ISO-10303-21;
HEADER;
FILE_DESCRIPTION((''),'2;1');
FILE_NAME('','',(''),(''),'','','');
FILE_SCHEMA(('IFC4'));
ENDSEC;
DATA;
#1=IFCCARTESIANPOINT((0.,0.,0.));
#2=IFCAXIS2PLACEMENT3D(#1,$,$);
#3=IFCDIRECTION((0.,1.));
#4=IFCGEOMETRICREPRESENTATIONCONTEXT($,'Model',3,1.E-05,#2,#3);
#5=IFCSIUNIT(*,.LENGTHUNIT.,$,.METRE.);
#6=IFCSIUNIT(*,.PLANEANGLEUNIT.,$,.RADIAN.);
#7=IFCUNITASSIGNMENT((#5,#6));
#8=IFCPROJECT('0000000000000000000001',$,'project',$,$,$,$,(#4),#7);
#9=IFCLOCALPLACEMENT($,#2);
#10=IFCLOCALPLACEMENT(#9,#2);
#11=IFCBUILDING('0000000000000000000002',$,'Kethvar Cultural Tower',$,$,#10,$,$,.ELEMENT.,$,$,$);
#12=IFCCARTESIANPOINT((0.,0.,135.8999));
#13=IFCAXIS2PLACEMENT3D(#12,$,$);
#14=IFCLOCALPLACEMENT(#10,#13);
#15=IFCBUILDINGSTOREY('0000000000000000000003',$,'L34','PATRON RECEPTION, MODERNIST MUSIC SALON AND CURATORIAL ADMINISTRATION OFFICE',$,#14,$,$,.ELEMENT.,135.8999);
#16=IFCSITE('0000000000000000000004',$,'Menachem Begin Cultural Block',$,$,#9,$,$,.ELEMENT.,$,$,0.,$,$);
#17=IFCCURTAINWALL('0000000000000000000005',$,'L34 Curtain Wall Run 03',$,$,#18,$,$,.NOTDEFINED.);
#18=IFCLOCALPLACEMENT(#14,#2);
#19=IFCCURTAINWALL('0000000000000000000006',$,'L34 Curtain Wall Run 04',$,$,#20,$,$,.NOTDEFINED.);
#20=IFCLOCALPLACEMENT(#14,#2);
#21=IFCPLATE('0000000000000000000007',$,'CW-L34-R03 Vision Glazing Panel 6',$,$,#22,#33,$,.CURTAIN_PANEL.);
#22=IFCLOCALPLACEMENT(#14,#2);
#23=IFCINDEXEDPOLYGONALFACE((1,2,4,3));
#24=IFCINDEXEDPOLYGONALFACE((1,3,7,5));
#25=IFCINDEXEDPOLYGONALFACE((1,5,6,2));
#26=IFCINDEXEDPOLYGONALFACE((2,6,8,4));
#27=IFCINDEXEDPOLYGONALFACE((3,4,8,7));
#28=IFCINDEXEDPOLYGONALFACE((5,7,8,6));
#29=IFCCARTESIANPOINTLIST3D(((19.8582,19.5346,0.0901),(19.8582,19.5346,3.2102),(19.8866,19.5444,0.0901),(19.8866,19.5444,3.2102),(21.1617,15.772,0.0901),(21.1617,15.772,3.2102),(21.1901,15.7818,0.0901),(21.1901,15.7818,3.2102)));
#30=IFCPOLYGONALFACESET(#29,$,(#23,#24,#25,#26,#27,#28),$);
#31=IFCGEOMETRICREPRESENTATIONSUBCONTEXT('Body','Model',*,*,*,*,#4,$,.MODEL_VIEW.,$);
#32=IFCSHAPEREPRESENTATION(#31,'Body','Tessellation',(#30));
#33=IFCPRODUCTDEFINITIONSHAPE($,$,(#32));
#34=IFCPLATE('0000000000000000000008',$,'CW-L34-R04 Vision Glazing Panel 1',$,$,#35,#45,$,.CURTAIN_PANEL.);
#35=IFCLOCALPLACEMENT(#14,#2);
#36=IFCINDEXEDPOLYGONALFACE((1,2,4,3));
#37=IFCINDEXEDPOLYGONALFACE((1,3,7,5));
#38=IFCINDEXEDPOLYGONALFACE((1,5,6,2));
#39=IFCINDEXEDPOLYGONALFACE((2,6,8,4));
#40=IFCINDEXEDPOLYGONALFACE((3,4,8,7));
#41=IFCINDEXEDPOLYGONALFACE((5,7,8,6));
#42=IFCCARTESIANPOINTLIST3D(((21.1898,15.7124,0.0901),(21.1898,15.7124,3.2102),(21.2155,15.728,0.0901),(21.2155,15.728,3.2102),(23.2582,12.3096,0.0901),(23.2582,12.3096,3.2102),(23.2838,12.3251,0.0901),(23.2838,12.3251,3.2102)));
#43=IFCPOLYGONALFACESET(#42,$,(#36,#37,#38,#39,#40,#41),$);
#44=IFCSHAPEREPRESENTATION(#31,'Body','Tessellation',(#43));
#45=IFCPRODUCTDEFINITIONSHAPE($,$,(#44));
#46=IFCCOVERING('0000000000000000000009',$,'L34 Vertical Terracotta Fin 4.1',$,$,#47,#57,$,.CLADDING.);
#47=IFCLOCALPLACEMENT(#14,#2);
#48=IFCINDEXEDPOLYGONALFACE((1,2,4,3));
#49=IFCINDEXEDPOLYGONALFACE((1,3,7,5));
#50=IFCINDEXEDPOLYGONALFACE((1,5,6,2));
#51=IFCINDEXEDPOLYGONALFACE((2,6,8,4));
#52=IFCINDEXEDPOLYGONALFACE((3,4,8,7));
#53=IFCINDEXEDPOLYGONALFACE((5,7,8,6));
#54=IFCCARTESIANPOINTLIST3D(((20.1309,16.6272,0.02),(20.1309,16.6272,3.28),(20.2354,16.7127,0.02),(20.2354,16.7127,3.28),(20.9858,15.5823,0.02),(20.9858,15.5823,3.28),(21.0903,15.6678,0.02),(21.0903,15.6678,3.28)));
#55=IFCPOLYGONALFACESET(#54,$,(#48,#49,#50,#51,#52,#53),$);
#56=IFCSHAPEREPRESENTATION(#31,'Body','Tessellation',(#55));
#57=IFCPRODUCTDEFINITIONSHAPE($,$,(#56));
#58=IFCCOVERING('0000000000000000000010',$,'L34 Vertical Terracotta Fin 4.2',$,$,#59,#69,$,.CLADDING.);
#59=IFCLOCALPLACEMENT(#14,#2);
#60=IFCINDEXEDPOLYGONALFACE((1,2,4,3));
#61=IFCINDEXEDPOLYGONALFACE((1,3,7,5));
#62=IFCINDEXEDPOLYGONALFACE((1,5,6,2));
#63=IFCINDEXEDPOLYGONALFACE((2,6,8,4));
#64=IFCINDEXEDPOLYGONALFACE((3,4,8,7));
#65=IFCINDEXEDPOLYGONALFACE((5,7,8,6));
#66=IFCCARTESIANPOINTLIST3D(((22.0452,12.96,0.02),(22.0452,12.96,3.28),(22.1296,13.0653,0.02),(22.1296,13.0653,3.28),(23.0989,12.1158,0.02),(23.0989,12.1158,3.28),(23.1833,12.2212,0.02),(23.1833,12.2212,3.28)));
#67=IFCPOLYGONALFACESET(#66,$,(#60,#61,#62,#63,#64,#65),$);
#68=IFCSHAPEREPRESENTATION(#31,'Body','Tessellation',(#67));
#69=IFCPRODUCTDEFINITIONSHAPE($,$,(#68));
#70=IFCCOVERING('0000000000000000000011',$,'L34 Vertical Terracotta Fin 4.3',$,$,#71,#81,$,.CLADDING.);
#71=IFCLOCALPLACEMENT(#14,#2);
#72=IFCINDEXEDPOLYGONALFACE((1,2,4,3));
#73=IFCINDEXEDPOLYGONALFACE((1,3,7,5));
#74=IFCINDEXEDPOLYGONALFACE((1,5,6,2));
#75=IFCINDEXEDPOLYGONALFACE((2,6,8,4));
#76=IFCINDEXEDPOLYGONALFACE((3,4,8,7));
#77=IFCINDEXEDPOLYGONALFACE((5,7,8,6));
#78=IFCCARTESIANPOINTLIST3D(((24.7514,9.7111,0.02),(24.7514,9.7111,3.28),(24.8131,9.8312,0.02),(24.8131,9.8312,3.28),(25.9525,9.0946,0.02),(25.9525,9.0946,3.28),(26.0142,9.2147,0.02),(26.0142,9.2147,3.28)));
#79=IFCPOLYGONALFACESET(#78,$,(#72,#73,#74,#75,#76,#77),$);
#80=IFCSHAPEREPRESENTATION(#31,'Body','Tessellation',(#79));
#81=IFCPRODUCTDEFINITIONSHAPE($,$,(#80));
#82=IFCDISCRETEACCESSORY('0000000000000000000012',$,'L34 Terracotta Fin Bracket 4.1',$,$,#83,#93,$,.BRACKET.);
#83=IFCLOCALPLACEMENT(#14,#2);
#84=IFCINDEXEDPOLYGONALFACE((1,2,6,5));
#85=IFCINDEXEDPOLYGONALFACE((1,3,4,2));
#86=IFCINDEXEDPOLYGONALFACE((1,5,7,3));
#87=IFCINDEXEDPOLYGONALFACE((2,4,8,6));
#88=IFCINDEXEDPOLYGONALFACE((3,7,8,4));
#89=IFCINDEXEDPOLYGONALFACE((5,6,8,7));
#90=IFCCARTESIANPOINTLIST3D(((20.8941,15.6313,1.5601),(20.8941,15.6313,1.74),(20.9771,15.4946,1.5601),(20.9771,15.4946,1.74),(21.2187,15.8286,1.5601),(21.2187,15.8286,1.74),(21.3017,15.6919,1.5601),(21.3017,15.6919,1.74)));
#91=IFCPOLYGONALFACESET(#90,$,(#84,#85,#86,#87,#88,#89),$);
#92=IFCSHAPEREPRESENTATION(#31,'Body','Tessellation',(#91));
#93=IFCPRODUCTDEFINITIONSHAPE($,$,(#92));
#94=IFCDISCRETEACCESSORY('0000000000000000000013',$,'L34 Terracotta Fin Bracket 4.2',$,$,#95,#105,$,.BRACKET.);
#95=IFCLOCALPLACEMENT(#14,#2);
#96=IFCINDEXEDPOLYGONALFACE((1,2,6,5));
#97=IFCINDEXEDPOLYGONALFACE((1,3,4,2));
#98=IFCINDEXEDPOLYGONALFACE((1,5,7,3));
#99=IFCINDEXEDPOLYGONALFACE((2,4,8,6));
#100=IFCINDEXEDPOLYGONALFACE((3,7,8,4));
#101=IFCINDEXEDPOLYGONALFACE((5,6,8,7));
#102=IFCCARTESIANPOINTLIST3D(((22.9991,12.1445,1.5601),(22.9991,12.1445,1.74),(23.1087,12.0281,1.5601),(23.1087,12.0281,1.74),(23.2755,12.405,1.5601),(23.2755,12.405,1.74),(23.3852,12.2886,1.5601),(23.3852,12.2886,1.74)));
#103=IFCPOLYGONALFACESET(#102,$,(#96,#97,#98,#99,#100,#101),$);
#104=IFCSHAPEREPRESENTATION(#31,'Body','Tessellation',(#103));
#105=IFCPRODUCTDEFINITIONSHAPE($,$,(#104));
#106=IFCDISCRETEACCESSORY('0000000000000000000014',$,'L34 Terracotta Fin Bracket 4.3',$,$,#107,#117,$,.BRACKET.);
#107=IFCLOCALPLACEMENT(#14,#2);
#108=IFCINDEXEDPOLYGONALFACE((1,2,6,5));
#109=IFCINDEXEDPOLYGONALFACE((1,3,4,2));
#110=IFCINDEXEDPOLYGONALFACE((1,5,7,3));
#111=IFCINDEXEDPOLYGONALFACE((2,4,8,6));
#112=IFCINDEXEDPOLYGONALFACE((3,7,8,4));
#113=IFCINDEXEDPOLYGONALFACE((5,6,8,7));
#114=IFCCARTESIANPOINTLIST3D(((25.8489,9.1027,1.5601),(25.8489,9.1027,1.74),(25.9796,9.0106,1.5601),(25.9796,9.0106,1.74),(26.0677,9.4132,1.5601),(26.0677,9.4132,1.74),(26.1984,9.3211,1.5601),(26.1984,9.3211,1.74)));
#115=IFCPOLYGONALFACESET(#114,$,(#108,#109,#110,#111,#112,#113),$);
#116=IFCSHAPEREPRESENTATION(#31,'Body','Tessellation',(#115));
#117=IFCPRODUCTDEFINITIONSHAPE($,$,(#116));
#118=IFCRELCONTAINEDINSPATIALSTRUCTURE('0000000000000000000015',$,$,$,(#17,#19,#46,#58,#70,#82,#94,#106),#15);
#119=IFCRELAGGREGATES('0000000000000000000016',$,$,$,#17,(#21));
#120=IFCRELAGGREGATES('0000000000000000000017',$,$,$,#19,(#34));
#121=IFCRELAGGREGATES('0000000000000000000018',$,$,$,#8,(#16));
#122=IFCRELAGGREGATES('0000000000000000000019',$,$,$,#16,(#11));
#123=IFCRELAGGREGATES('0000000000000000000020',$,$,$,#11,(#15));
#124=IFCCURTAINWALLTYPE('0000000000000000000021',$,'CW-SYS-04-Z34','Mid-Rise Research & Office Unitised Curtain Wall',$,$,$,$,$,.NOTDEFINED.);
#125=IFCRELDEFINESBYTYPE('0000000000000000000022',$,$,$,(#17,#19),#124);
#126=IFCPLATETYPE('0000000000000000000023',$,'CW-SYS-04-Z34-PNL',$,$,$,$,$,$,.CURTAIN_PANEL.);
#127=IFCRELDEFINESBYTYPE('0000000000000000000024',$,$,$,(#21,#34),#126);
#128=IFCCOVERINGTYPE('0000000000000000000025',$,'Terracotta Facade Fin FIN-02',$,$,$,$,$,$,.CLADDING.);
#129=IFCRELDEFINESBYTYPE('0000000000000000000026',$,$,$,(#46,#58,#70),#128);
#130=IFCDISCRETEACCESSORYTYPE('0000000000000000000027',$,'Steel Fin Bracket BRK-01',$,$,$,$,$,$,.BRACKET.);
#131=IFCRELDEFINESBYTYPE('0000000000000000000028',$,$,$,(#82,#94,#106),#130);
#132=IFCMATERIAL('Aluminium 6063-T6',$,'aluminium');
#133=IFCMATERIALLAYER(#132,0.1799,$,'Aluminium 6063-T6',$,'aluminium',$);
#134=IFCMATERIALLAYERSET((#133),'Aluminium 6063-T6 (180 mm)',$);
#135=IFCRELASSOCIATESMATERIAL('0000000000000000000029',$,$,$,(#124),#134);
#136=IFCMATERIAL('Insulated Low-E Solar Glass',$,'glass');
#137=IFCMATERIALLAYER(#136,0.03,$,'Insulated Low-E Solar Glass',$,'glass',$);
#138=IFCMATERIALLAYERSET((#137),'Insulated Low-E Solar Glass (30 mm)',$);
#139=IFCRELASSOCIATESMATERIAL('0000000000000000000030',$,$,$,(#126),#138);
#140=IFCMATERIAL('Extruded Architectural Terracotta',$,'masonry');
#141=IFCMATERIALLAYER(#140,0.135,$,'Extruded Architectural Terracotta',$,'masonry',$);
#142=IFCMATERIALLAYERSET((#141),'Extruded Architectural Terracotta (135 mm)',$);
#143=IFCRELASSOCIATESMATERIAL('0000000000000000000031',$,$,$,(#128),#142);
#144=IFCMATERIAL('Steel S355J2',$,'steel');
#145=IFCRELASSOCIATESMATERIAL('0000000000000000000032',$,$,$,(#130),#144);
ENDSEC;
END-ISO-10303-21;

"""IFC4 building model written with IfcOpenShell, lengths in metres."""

from ifc_helpers import new_model, si_unit, direction, frame, origin, origin_2d, place, context, subcontext, project, spatial, rectangle, extrude, source, transform, mapped, material, layer, layer_set, type_object, element, aggregate, save


model = new_model("IFC4")

# Units and contexts
model_context = context("Model", 3, precision=1e-05, world=origin(), true_north=direction((0.0, 1.0)))
body_context = subcontext(model_context, "Body", "Model", "MODEL_VIEW")
ifc_project = project(units=[si_unit("LENGTHUNIT", "METRE"), si_unit("PLANEANGLEUNIT", "RADIAN")], contexts=[model_context])

# Site, building, storey
site_placement = place(None, origin())
site = spatial("IfcSite", under=ifc_project, at=site_placement, Name="Menachem Begin Cultural Block", CompositionType="ELEMENT", RefElevation=0.0)
building_placement = place(site_placement, origin())
building = spatial("IfcBuilding", under=site, at=building_placement, Name="Kethvar Cultural Tower", CompositionType="ELEMENT")
storey_placement = place(building_placement, frame((0.0, 0.0, 135.8999)))
storey = spatial("IfcBuildingStorey", under=building, at=storey_placement, Name="L34", Description="PATRON RECEPTION, MODERNIST MUSIC SALON AND CURATORIAL ADMINISTRATION OFFICE", CompositionType="ELEMENT", Elevation=135.8999)

# Shared definitions
ifc_material_1 = material(Name="Steel S355J2", Category="steel")

# Curtain walls
ifc_material_2 = material(Name="Aluminium 6063-T6", Category="aluminium")
ifc_layer_1 = layer(ifc_material_2, 0.1799, Name="Aluminium 6063-T6", Category="aluminium")
ifc_layer_set_1 = layer_set([ifc_layer_1], Name="Aluminium 6063-T6 (180 mm)")
curtain_wall_type = type_object("IfcCurtainWallType", Name="CW-SYS-04-Z34", Description="Mid-Rise Research & Office Unitised Curtain Wall", PredefinedType="NOTDEFINED", material=ifc_layer_set_1)
curtain_wall_1_placement = place(storey_placement, origin())
curtain_wall_1 = element("IfcCurtainWall", 1, at=curtain_wall_1_placement, inside=storey, type_object=curtain_wall_type, Name="L34 Curtain Wall Run 03", PredefinedType="NOTDEFINED")
curtain_wall_2_placement = place(storey_placement, origin())
curtain_wall_2 = element("IfcCurtainWall", 2, at=curtain_wall_2_placement, inside=storey, type_object=curtain_wall_type, Name="L34 Curtain Wall Run 04", PredefinedType="NOTDEFINED")

# Plates
ifc_material_3 = material(Name="Insulated Low-E Solar Glass", Category="glass")
ifc_layer_2 = layer(ifc_material_3, 0.03, Name="Insulated Low-E Solar Glass", Category="glass")
ifc_layer_set_2 = layer_set([ifc_layer_2], Name="Insulated Low-E Solar Glass (30 mm)")
plate_type = type_object("IfcPlateType", Name="CW-SYS-04-Z34-PNL", PredefinedType="CURTAIN_PANEL", material=ifc_layer_set_2)
shared_shape_1 = source(origin(), body_context, "Body", "SweptSolid", [
    extrude(rectangle(XDim=3.9819, YDim=0.03, at=origin_2d()), origin(), (0.0, 0.0, 1.0), 3.1201),
])
plate_1_placement = place(storey_placement, frame((20.5242, 17.6582, 0.0901), z_axis=(0.0, 0.0, 1.0), x_axis=(0.32735, -0.944903, 0.0)))
plate_1 = element("IfcPlate", 3, at=plate_1_placement, type_object=plate_type, Name="CW-L34-R03 Vision Glazing Panel 6", PredefinedType="CURTAIN_PANEL", context=body_context, shape_type="MappedRepresentation", body=[
    mapped(shared_shape_1, transform((0.0, 0.0, 0.0), scale=1.0)),
])
aggregate(curtain_wall_1, [plate_1])
shared_shape_2 = source(origin(), body_context, "Body", "SweptSolid", [
    extrude(rectangle(XDim=3.9822, YDim=0.03, at=origin_2d()), origin(), (0.0, 0.0, 1.0), 3.1201),
])
plate_2_placement = place(storey_placement, frame((22.2368, 14.0188, 0.0901), z_axis=(0.0, 0.0, 1.0), x_axis=(0.5194, -0.854531, 0.0)))
plate_2 = element("IfcPlate", 4, at=plate_2_placement, type_object=plate_type, Name="CW-L34-R04 Vision Glazing Panel 1", PredefinedType="CURTAIN_PANEL", context=body_context, shape_type="MappedRepresentation", body=[
    mapped(shared_shape_2, transform((0.0, 0.0, 0.0), scale=1.0)),
])
aggregate(curtain_wall_2, [plate_2])

# Coverings
ifc_material_4 = material(Name="Extruded Architectural Terracotta", Category="masonry")
ifc_layer_3 = layer(ifc_material_4, 0.135, Name="Extruded Architectural Terracotta", Category="masonry")
ifc_layer_set_3 = layer_set([ifc_layer_3], Name="Extruded Architectural Terracotta (135 mm)")
covering_type = type_object("IfcCoveringType", Name="Terracotta Facade Fin FIN-02", PredefinedType="CLADDING", material=ifc_layer_set_3)
shared_shape_3 = source(origin(), body_context, "Body", "SweptSolid", [
    extrude(rectangle(XDim=1.3501, YDim=0.135, at=origin_2d()), origin(), (0.0, 0.0, 1.0), 3.26),
])
for number, where, z_axis, x_axis, name in (
    (5, (20.6106, 16.1475, 0.02), (0.0, 0.0, 1.0), (-0.633246, 0.773951, 0.0), "L34 Vertical Terracotta Fin 4.1"),
    (6, (22.6143, 12.5906, 0.02), (0.0, 0.0, 1.0), (-0.78043, 0.625243, 0.0), "L34 Vertical Terracotta Fin 4.2"),
    (7, (25.3828, 9.4629, 0.02), (0.0, 0.0, 1.0), (-0.889656, 0.456632, 0.0), "L34 Vertical Terracotta Fin 4.3"),
):
    element("IfcCovering", number, at=place(storey_placement, frame(where, z_axis=z_axis, x_axis=x_axis)), inside=storey, type_object=covering_type, Name=name, PredefinedType="CLADDING", context=body_context, shape_type="MappedRepresentation", body=[
        mapped(shared_shape_3, transform((0.0, 0.0, 0.0), scale=1.0)),
    ])

# Discrete accessories
discrete_accessory_type = type_object("IfcDiscreteAccessoryType", Name="Steel Fin Bracket BRK-01", PredefinedType="BRACKET", material=ifc_material_1)
shared_shape_4 = source(origin(), body_context, "Body", "SweptSolid", [
    extrude(rectangle(XDim=0.3799, YDim=0.1599, at=origin_2d()), origin(), (0.0, 0.0, 1.0), 0.1799),
])
for number, where, z_axis, x_axis, name in (
    (8, (21.0979, 15.6616, 1.5601), (0.0, 0.0, 1.0), (-0.854549, -0.51937, 0.0), "L34 Terracotta Fin Bracket 4.1"),
    (9, (23.1921, 12.2166, 1.5601), (0.0, 0.0, 1.0), (-0.727773, -0.685818, 0.0), "L34 Terracotta Fin Bracket 4.2"),
    (10, (26.0237, 9.2119, 1.5601), (0.0, 0.0, 1.0), (-0.576004, -0.817447, 0.0), "L34 Terracotta Fin Bracket 4.3"),
):
    element("IfcDiscreteAccessory", number, at=place(storey_placement, frame(where, z_axis=z_axis, x_axis=x_axis)), inside=storey, type_object=discrete_accessory_type, Name=name, PredefinedType="BRACKET", context=body_context, shape_type="MappedRepresentation", body=[
        mapped(shared_shape_4, transform((0.0, 0.0, 0.0), scale=1.0)),
    ])

save(model, "model.ifc")
